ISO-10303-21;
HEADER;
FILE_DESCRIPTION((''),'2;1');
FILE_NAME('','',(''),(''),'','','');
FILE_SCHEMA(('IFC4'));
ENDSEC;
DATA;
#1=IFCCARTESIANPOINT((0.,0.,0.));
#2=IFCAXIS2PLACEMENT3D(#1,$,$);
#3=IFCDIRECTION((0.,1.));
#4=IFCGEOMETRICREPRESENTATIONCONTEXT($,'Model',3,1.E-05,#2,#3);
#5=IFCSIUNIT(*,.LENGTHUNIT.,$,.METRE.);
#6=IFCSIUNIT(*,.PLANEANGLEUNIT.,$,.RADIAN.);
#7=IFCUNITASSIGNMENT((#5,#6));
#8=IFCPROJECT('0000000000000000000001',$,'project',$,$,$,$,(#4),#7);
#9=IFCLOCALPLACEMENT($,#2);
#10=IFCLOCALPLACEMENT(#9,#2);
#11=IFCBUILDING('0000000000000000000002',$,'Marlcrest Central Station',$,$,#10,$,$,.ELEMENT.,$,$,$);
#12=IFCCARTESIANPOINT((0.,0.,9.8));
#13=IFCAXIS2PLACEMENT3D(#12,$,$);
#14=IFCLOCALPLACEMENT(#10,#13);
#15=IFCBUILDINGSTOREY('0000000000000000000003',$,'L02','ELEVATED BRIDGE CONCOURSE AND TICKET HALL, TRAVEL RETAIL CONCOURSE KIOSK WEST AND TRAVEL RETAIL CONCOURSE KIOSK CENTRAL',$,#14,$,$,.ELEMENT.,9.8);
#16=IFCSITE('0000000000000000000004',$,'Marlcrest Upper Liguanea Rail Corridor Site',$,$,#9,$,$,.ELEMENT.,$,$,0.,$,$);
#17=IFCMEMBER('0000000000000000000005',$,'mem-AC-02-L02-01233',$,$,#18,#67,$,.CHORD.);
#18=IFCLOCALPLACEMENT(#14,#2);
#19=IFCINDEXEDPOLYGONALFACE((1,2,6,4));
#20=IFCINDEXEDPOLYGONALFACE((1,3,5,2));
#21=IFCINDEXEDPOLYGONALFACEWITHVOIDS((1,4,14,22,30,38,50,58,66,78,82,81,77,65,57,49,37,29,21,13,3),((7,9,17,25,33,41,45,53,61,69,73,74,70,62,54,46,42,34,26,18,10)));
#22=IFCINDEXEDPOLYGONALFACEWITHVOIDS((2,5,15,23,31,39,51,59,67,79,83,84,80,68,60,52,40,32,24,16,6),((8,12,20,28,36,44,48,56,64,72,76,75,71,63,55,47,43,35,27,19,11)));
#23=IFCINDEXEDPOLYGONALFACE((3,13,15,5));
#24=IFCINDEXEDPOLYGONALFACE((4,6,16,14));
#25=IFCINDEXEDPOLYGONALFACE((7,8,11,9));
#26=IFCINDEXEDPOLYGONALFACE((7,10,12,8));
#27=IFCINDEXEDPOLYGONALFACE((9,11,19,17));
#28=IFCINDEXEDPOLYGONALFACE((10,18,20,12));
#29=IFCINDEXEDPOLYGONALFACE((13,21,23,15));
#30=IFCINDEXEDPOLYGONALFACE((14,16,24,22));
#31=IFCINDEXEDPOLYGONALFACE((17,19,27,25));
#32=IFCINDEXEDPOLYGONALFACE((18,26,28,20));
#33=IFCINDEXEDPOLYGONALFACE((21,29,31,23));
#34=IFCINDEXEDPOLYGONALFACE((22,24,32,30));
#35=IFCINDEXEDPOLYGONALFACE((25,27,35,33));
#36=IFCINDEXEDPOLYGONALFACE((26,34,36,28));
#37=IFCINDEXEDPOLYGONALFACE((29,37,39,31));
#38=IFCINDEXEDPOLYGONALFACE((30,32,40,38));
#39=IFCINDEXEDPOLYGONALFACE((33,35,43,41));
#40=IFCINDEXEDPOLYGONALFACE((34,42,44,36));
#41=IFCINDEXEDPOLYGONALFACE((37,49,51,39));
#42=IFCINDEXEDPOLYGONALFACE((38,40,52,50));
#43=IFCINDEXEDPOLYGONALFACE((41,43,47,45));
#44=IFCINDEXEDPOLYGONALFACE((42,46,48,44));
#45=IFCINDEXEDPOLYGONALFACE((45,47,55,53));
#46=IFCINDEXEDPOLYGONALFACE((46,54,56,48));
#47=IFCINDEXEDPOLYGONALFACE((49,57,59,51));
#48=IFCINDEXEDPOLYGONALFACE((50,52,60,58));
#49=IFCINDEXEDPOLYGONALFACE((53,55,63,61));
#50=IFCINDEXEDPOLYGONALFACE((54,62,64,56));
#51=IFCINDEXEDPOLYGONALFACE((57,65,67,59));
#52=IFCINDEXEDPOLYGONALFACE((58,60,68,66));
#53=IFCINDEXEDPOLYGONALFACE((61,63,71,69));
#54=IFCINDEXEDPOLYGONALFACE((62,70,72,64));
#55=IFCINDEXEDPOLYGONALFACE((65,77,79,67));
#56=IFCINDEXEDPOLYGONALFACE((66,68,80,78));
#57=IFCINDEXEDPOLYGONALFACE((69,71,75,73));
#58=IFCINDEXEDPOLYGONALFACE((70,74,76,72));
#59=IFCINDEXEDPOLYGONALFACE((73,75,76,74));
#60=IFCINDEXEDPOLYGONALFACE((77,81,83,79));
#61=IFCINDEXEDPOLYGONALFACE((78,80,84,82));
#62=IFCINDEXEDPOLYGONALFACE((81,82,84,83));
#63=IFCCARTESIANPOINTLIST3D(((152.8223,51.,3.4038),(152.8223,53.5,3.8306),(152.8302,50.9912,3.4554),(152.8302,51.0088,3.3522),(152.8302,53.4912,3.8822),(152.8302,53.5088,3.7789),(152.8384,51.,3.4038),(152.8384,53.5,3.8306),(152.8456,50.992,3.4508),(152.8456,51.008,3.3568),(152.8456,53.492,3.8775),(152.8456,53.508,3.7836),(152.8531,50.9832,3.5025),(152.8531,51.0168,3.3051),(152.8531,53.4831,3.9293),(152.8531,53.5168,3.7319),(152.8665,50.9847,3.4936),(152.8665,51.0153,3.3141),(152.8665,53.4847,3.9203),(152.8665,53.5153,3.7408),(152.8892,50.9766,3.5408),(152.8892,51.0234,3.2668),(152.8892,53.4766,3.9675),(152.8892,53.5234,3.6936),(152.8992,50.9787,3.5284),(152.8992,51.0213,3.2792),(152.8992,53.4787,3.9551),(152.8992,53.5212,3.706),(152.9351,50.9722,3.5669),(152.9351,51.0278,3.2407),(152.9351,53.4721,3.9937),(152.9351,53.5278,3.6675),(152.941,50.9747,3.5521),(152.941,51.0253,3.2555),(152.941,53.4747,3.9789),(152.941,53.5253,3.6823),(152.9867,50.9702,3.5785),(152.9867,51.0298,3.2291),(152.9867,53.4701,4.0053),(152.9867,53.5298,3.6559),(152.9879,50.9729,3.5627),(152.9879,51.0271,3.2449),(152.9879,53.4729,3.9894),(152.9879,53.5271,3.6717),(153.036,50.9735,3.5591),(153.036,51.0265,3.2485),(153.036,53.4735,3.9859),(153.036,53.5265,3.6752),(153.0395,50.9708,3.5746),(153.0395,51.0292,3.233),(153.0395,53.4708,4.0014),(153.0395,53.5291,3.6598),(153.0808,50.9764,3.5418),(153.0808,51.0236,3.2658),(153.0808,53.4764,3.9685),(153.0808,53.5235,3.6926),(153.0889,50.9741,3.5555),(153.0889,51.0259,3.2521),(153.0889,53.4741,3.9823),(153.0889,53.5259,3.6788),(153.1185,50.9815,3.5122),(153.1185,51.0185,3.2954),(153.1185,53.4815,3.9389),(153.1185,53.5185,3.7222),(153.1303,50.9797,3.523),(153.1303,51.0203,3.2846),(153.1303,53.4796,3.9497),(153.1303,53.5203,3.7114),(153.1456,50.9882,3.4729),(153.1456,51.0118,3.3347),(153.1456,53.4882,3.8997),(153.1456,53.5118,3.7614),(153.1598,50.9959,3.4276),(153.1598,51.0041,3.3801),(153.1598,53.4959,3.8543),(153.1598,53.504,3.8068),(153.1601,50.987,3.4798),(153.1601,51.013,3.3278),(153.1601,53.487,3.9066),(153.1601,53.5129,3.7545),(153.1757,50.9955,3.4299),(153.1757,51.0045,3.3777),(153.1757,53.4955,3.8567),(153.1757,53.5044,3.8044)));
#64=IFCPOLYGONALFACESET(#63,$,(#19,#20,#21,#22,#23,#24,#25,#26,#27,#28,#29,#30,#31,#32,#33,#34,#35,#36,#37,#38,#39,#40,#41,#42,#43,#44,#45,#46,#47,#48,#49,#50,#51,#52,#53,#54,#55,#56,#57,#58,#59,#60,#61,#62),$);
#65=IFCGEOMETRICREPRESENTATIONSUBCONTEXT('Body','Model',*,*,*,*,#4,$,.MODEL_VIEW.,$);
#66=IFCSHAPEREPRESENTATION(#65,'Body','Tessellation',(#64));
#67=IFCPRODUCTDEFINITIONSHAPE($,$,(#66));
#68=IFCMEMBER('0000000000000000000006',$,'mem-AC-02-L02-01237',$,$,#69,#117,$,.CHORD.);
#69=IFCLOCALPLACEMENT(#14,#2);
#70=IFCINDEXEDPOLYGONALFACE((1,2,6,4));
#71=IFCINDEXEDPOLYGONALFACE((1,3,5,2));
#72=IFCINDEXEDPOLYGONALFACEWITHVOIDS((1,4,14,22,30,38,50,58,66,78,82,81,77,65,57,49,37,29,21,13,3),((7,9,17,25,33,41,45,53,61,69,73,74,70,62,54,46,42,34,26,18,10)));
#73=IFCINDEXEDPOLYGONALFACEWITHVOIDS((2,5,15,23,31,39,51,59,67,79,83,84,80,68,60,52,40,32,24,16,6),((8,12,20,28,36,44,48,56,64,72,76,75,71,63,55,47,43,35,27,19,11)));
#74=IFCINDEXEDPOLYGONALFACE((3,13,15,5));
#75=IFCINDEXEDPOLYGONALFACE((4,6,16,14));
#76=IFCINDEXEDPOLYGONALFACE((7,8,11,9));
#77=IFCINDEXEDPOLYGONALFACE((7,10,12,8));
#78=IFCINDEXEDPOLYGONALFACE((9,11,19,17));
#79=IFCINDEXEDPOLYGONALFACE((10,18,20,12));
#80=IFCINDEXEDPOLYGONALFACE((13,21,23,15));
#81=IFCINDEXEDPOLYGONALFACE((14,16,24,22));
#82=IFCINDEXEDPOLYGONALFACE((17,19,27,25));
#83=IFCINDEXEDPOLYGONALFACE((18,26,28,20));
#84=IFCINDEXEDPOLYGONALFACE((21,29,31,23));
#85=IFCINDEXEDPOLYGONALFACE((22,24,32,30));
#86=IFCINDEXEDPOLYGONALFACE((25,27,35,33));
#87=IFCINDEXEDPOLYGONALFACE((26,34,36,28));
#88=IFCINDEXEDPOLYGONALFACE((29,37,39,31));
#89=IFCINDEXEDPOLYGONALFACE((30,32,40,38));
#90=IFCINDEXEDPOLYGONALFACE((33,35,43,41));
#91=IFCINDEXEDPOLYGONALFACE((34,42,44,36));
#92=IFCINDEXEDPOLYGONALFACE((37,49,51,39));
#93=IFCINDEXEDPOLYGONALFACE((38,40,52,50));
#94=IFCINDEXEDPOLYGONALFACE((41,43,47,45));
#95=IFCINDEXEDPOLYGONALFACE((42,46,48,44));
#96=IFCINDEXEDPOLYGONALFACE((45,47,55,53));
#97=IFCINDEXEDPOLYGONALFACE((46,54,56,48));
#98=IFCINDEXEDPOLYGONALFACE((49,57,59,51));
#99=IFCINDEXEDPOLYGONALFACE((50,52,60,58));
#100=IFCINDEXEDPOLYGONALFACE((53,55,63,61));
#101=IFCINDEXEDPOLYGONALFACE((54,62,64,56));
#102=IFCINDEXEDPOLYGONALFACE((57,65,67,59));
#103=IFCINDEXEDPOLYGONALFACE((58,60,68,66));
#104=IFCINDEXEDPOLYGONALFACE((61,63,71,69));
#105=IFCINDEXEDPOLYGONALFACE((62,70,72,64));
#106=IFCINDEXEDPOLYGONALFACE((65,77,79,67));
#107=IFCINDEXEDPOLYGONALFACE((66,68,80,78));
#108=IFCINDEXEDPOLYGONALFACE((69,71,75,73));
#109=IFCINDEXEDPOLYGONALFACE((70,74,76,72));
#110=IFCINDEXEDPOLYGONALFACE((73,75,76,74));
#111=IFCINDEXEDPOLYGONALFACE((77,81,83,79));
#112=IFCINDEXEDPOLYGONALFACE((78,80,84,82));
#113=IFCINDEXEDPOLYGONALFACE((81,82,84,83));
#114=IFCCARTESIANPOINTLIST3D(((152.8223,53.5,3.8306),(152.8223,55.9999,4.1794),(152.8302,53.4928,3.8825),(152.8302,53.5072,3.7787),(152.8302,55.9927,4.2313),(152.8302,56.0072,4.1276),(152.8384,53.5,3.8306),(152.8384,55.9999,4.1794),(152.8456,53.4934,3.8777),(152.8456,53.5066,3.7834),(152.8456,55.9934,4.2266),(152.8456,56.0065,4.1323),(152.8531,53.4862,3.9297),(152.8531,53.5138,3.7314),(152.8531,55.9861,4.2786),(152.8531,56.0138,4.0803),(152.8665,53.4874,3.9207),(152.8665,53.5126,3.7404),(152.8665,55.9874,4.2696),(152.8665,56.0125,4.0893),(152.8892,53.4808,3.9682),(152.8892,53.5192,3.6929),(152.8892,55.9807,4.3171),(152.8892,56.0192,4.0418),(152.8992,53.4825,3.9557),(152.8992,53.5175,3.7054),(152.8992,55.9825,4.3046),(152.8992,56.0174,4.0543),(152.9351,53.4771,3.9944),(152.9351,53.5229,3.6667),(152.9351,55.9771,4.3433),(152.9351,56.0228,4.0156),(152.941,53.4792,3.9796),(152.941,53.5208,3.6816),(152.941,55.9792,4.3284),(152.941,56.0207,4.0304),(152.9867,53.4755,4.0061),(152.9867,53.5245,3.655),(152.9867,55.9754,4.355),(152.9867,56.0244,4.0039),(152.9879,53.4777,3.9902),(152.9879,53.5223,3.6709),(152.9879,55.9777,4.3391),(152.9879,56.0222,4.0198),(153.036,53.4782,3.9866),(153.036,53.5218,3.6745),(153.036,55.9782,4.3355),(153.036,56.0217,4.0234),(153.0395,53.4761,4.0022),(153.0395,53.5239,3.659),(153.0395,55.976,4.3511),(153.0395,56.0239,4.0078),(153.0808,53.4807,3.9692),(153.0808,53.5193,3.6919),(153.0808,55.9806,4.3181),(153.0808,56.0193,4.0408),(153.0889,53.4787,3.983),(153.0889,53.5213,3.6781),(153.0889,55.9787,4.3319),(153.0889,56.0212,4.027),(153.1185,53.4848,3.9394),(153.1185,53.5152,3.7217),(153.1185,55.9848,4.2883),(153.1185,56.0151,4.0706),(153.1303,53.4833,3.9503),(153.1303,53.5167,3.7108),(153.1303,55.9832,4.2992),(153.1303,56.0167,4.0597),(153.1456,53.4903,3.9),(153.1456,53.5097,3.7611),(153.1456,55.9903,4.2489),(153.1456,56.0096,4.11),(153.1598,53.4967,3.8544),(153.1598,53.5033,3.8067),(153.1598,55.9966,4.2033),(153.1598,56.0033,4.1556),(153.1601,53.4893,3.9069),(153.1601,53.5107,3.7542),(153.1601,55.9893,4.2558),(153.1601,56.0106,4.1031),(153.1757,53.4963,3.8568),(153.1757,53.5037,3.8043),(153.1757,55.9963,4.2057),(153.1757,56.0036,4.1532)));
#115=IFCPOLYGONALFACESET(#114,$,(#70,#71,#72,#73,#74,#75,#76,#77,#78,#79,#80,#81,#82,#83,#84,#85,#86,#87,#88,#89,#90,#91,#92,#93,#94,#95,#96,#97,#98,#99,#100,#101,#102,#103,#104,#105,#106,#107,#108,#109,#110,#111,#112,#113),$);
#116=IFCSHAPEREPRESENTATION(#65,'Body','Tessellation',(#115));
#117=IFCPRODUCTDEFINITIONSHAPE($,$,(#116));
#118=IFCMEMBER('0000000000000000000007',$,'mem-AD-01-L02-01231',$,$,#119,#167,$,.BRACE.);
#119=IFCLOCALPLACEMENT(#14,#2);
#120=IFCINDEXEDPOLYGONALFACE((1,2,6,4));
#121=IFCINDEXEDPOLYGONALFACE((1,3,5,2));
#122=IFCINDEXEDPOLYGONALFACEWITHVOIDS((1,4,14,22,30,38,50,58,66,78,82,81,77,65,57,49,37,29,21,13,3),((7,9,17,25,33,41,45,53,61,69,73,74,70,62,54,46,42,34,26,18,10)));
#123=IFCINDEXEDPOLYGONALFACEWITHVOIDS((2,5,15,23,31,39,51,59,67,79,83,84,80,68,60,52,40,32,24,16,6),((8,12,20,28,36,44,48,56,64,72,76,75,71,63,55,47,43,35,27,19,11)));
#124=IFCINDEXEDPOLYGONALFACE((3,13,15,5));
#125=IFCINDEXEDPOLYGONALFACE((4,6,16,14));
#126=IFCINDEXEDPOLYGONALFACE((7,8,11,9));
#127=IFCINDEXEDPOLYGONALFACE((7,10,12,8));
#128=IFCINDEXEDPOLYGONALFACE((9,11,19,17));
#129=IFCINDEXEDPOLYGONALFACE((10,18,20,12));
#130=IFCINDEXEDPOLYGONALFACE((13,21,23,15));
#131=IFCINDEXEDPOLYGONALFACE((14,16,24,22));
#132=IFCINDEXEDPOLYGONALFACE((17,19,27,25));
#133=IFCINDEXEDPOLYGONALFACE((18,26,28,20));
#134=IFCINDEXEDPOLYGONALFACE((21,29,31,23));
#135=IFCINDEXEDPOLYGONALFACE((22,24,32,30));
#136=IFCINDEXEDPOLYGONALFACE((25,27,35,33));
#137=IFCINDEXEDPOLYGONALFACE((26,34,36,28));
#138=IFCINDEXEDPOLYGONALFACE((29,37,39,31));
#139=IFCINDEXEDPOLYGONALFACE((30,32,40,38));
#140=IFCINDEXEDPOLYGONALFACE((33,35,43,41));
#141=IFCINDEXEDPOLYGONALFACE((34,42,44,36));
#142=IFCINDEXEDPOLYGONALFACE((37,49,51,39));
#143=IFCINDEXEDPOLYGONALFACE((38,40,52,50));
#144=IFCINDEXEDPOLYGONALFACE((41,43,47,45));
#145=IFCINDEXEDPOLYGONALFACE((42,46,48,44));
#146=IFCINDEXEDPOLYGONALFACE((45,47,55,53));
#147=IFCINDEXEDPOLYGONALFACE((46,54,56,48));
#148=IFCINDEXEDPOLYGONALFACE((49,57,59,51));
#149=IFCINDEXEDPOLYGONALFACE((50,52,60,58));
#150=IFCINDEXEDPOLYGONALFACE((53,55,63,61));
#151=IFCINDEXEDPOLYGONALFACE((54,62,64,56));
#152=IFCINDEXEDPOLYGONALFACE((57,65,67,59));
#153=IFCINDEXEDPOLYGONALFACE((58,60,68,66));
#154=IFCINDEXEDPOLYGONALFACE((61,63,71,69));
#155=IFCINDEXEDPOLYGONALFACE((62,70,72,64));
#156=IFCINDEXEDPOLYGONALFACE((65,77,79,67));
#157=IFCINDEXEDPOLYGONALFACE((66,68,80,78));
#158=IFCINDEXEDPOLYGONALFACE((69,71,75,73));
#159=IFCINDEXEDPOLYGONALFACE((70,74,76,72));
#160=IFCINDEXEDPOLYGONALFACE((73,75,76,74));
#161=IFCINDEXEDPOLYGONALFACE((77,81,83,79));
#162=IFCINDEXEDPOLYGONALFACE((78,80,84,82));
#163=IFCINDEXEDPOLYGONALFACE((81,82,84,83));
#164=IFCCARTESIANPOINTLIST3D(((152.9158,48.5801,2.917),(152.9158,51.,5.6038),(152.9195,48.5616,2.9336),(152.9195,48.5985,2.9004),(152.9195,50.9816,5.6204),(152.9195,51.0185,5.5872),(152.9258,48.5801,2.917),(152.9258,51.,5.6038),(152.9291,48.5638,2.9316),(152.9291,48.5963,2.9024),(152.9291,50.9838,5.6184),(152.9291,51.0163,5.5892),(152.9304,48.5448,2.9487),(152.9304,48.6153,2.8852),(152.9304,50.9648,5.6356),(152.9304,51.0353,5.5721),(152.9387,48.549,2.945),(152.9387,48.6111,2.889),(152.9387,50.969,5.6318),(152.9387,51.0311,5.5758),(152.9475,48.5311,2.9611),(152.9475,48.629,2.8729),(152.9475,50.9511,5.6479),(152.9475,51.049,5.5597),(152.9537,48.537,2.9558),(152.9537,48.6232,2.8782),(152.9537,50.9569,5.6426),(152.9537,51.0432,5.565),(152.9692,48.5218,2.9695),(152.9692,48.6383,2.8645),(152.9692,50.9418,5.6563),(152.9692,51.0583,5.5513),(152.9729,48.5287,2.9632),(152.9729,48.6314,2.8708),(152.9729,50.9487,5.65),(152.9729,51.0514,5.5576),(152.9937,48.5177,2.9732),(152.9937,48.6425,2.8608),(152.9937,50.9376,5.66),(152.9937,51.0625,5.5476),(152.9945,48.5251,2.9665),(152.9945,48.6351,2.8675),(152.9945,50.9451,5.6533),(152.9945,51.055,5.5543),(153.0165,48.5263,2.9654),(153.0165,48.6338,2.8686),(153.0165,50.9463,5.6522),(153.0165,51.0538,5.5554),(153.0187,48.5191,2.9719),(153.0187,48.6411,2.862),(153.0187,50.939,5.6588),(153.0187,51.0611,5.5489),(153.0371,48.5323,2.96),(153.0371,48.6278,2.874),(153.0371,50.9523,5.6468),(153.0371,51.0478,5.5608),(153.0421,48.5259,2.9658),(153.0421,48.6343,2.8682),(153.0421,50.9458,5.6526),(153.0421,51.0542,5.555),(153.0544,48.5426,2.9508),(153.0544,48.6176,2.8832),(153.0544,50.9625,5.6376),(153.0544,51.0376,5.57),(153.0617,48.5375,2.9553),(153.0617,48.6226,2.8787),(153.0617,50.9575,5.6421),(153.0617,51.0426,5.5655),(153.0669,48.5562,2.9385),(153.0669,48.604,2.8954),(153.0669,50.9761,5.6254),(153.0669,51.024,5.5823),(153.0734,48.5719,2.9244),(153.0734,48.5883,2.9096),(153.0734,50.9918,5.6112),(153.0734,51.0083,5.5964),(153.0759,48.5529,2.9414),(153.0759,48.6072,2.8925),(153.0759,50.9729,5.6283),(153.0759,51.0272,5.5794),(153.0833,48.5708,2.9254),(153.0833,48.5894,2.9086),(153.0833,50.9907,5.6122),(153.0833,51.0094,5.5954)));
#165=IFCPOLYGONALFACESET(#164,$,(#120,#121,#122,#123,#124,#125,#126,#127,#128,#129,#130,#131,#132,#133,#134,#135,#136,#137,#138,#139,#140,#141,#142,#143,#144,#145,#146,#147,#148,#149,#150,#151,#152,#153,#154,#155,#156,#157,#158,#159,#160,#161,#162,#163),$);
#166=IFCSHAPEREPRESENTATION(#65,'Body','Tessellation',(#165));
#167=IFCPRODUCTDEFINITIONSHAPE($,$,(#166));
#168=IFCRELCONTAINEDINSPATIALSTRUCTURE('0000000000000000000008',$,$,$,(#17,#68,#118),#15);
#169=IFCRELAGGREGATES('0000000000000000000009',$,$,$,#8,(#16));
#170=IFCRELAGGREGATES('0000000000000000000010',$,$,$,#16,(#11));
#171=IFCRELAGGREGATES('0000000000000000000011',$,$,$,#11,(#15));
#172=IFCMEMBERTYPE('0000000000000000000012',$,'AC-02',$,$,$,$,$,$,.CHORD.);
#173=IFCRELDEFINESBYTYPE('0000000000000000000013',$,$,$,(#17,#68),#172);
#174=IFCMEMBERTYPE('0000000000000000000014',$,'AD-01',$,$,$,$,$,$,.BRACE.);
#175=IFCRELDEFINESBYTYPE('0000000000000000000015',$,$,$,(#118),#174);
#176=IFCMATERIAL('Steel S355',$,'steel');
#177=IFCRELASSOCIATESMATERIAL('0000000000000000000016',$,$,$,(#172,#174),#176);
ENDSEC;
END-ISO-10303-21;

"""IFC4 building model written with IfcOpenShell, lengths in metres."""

from ifc_helpers import new_model, si_unit, direction, frame, origin, origin_2d, place, context, subcontext, project, spatial, hollow_circle, extrude, material, material_profile, profile_set, type_object, element, save


model = new_model("IFC4")

# Units and contexts
model_context = context("Model", 3, precision=1e-05, world=origin(), true_north=direction((0.0, 1.0)))
body_context = subcontext(model_context, "Body", "Model", "MODEL_VIEW")
ifc_project = project(units=[si_unit("LENGTHUNIT", "METRE"), si_unit("PLANEANGLEUNIT", "RADIAN")], contexts=[model_context])

# Site, building, storey
site_placement = place(None, origin())
site = spatial("IfcSite", under=ifc_project, at=site_placement, Name="Marlcrest Upper Liguanea Rail Corridor Site", CompositionType="ELEMENT", RefElevation=0.0)
building_placement = place(site_placement, origin())
building = spatial("IfcBuilding", under=site, at=building_placement, Name="Marlcrest Central Station", CompositionType="ELEMENT")
storey_placement = place(building_placement, frame((0.0, 0.0, 9.8)))
storey = spatial("IfcBuildingStorey", under=building, at=storey_placement, Name="L02", Description="ELEVATED BRIDGE CONCOURSE AND TICKET HALL, TRAVEL RETAIL CONCOURSE KIOSK WEST AND TRAVEL RETAIL CONCOURSE KIOSK CENTRAL", CompositionType="ELEMENT", Elevation=9.8)

# Members
ifc_material = material(Name="Steel S355", Category="steel")
ifc_material_profile_1 = material_profile(ifc_material, hollow_circle(Radius=0.1777, WallThickness=0.0161, at=origin_2d()), Name="CHS 355.6x16")
ifc_profile_set_1 = profile_set([ifc_material_profile_1], Name="Steel S355")
member_type_1 = type_object("IfcMemberType", Name="AC-02", PredefinedType="CHORD", material=ifc_profile_set_1)
member_1_placement = place(storey_placement, frame((153.0, 51.0, 3.4038), z_axis=(0.0, 0.985741, 0.168269), x_axis=(-1.0, 0.0, 0.0)))
element("IfcMember", 1, at=member_1_placement, inside=storey, type_object=member_type_1, Name="mem-AC-02-L02-01233", PredefinedType="CHORD", context=body_context, shape_type="SweptSolid", body=[
    extrude(hollow_circle(Radius=0.1777, WallThickness=0.0161, at=origin_2d()), origin(), (0.0, 0.0, 1.0), 2.5361),
])
member_2_placement = place(storey_placement, frame((153.0, 53.5, 3.8306), z_axis=(0.0, 0.990403, 0.138211), x_axis=(-1.0, 0.0, 0.0)))
element("IfcMember", 2, at=member_2_placement, inside=storey, type_object=member_type_1, Name="mem-AC-02-L02-01237", PredefinedType="CHORD", context=body_context, shape_type="SweptSolid", body=[
    extrude(hollow_circle(Radius=0.1777, WallThickness=0.0161, at=origin_2d()), origin(), (0.0, 0.0, 1.0), 2.5242),
])
ifc_material_profile_2 = material_profile(ifc_material, hollow_circle(Radius=0.0842, WallThickness=0.01, at=origin_2d()), Name="CHS 168.3x10")
ifc_profile_set_2 = profile_set([ifc_material_profile_2], Name="Steel S355")
member_type_2 = type_object("IfcMemberType", Name="AD-01", PredefinedType="BRACE", material=ifc_profile_set_2)
member_3_placement = place(storey_placement, frame((153.0, 48.5801, 2.917), z_axis=(0.0, 0.669244, 0.743042), x_axis=(-1.0, 0.0, 0.0)))
element("IfcMember", 3, at=member_3_placement, inside=storey, type_object=member_type_2, Name="mem-AD-01-L02-01231", PredefinedType="BRACE", context=body_context, shape_type="SweptSolid", body=[
    extrude(hollow_circle(Radius=0.0842, WallThickness=0.01, at=origin_2d()), origin(), (0.0, 0.0, 1.0), 3.616),
])

save(model, "model.ifc")
